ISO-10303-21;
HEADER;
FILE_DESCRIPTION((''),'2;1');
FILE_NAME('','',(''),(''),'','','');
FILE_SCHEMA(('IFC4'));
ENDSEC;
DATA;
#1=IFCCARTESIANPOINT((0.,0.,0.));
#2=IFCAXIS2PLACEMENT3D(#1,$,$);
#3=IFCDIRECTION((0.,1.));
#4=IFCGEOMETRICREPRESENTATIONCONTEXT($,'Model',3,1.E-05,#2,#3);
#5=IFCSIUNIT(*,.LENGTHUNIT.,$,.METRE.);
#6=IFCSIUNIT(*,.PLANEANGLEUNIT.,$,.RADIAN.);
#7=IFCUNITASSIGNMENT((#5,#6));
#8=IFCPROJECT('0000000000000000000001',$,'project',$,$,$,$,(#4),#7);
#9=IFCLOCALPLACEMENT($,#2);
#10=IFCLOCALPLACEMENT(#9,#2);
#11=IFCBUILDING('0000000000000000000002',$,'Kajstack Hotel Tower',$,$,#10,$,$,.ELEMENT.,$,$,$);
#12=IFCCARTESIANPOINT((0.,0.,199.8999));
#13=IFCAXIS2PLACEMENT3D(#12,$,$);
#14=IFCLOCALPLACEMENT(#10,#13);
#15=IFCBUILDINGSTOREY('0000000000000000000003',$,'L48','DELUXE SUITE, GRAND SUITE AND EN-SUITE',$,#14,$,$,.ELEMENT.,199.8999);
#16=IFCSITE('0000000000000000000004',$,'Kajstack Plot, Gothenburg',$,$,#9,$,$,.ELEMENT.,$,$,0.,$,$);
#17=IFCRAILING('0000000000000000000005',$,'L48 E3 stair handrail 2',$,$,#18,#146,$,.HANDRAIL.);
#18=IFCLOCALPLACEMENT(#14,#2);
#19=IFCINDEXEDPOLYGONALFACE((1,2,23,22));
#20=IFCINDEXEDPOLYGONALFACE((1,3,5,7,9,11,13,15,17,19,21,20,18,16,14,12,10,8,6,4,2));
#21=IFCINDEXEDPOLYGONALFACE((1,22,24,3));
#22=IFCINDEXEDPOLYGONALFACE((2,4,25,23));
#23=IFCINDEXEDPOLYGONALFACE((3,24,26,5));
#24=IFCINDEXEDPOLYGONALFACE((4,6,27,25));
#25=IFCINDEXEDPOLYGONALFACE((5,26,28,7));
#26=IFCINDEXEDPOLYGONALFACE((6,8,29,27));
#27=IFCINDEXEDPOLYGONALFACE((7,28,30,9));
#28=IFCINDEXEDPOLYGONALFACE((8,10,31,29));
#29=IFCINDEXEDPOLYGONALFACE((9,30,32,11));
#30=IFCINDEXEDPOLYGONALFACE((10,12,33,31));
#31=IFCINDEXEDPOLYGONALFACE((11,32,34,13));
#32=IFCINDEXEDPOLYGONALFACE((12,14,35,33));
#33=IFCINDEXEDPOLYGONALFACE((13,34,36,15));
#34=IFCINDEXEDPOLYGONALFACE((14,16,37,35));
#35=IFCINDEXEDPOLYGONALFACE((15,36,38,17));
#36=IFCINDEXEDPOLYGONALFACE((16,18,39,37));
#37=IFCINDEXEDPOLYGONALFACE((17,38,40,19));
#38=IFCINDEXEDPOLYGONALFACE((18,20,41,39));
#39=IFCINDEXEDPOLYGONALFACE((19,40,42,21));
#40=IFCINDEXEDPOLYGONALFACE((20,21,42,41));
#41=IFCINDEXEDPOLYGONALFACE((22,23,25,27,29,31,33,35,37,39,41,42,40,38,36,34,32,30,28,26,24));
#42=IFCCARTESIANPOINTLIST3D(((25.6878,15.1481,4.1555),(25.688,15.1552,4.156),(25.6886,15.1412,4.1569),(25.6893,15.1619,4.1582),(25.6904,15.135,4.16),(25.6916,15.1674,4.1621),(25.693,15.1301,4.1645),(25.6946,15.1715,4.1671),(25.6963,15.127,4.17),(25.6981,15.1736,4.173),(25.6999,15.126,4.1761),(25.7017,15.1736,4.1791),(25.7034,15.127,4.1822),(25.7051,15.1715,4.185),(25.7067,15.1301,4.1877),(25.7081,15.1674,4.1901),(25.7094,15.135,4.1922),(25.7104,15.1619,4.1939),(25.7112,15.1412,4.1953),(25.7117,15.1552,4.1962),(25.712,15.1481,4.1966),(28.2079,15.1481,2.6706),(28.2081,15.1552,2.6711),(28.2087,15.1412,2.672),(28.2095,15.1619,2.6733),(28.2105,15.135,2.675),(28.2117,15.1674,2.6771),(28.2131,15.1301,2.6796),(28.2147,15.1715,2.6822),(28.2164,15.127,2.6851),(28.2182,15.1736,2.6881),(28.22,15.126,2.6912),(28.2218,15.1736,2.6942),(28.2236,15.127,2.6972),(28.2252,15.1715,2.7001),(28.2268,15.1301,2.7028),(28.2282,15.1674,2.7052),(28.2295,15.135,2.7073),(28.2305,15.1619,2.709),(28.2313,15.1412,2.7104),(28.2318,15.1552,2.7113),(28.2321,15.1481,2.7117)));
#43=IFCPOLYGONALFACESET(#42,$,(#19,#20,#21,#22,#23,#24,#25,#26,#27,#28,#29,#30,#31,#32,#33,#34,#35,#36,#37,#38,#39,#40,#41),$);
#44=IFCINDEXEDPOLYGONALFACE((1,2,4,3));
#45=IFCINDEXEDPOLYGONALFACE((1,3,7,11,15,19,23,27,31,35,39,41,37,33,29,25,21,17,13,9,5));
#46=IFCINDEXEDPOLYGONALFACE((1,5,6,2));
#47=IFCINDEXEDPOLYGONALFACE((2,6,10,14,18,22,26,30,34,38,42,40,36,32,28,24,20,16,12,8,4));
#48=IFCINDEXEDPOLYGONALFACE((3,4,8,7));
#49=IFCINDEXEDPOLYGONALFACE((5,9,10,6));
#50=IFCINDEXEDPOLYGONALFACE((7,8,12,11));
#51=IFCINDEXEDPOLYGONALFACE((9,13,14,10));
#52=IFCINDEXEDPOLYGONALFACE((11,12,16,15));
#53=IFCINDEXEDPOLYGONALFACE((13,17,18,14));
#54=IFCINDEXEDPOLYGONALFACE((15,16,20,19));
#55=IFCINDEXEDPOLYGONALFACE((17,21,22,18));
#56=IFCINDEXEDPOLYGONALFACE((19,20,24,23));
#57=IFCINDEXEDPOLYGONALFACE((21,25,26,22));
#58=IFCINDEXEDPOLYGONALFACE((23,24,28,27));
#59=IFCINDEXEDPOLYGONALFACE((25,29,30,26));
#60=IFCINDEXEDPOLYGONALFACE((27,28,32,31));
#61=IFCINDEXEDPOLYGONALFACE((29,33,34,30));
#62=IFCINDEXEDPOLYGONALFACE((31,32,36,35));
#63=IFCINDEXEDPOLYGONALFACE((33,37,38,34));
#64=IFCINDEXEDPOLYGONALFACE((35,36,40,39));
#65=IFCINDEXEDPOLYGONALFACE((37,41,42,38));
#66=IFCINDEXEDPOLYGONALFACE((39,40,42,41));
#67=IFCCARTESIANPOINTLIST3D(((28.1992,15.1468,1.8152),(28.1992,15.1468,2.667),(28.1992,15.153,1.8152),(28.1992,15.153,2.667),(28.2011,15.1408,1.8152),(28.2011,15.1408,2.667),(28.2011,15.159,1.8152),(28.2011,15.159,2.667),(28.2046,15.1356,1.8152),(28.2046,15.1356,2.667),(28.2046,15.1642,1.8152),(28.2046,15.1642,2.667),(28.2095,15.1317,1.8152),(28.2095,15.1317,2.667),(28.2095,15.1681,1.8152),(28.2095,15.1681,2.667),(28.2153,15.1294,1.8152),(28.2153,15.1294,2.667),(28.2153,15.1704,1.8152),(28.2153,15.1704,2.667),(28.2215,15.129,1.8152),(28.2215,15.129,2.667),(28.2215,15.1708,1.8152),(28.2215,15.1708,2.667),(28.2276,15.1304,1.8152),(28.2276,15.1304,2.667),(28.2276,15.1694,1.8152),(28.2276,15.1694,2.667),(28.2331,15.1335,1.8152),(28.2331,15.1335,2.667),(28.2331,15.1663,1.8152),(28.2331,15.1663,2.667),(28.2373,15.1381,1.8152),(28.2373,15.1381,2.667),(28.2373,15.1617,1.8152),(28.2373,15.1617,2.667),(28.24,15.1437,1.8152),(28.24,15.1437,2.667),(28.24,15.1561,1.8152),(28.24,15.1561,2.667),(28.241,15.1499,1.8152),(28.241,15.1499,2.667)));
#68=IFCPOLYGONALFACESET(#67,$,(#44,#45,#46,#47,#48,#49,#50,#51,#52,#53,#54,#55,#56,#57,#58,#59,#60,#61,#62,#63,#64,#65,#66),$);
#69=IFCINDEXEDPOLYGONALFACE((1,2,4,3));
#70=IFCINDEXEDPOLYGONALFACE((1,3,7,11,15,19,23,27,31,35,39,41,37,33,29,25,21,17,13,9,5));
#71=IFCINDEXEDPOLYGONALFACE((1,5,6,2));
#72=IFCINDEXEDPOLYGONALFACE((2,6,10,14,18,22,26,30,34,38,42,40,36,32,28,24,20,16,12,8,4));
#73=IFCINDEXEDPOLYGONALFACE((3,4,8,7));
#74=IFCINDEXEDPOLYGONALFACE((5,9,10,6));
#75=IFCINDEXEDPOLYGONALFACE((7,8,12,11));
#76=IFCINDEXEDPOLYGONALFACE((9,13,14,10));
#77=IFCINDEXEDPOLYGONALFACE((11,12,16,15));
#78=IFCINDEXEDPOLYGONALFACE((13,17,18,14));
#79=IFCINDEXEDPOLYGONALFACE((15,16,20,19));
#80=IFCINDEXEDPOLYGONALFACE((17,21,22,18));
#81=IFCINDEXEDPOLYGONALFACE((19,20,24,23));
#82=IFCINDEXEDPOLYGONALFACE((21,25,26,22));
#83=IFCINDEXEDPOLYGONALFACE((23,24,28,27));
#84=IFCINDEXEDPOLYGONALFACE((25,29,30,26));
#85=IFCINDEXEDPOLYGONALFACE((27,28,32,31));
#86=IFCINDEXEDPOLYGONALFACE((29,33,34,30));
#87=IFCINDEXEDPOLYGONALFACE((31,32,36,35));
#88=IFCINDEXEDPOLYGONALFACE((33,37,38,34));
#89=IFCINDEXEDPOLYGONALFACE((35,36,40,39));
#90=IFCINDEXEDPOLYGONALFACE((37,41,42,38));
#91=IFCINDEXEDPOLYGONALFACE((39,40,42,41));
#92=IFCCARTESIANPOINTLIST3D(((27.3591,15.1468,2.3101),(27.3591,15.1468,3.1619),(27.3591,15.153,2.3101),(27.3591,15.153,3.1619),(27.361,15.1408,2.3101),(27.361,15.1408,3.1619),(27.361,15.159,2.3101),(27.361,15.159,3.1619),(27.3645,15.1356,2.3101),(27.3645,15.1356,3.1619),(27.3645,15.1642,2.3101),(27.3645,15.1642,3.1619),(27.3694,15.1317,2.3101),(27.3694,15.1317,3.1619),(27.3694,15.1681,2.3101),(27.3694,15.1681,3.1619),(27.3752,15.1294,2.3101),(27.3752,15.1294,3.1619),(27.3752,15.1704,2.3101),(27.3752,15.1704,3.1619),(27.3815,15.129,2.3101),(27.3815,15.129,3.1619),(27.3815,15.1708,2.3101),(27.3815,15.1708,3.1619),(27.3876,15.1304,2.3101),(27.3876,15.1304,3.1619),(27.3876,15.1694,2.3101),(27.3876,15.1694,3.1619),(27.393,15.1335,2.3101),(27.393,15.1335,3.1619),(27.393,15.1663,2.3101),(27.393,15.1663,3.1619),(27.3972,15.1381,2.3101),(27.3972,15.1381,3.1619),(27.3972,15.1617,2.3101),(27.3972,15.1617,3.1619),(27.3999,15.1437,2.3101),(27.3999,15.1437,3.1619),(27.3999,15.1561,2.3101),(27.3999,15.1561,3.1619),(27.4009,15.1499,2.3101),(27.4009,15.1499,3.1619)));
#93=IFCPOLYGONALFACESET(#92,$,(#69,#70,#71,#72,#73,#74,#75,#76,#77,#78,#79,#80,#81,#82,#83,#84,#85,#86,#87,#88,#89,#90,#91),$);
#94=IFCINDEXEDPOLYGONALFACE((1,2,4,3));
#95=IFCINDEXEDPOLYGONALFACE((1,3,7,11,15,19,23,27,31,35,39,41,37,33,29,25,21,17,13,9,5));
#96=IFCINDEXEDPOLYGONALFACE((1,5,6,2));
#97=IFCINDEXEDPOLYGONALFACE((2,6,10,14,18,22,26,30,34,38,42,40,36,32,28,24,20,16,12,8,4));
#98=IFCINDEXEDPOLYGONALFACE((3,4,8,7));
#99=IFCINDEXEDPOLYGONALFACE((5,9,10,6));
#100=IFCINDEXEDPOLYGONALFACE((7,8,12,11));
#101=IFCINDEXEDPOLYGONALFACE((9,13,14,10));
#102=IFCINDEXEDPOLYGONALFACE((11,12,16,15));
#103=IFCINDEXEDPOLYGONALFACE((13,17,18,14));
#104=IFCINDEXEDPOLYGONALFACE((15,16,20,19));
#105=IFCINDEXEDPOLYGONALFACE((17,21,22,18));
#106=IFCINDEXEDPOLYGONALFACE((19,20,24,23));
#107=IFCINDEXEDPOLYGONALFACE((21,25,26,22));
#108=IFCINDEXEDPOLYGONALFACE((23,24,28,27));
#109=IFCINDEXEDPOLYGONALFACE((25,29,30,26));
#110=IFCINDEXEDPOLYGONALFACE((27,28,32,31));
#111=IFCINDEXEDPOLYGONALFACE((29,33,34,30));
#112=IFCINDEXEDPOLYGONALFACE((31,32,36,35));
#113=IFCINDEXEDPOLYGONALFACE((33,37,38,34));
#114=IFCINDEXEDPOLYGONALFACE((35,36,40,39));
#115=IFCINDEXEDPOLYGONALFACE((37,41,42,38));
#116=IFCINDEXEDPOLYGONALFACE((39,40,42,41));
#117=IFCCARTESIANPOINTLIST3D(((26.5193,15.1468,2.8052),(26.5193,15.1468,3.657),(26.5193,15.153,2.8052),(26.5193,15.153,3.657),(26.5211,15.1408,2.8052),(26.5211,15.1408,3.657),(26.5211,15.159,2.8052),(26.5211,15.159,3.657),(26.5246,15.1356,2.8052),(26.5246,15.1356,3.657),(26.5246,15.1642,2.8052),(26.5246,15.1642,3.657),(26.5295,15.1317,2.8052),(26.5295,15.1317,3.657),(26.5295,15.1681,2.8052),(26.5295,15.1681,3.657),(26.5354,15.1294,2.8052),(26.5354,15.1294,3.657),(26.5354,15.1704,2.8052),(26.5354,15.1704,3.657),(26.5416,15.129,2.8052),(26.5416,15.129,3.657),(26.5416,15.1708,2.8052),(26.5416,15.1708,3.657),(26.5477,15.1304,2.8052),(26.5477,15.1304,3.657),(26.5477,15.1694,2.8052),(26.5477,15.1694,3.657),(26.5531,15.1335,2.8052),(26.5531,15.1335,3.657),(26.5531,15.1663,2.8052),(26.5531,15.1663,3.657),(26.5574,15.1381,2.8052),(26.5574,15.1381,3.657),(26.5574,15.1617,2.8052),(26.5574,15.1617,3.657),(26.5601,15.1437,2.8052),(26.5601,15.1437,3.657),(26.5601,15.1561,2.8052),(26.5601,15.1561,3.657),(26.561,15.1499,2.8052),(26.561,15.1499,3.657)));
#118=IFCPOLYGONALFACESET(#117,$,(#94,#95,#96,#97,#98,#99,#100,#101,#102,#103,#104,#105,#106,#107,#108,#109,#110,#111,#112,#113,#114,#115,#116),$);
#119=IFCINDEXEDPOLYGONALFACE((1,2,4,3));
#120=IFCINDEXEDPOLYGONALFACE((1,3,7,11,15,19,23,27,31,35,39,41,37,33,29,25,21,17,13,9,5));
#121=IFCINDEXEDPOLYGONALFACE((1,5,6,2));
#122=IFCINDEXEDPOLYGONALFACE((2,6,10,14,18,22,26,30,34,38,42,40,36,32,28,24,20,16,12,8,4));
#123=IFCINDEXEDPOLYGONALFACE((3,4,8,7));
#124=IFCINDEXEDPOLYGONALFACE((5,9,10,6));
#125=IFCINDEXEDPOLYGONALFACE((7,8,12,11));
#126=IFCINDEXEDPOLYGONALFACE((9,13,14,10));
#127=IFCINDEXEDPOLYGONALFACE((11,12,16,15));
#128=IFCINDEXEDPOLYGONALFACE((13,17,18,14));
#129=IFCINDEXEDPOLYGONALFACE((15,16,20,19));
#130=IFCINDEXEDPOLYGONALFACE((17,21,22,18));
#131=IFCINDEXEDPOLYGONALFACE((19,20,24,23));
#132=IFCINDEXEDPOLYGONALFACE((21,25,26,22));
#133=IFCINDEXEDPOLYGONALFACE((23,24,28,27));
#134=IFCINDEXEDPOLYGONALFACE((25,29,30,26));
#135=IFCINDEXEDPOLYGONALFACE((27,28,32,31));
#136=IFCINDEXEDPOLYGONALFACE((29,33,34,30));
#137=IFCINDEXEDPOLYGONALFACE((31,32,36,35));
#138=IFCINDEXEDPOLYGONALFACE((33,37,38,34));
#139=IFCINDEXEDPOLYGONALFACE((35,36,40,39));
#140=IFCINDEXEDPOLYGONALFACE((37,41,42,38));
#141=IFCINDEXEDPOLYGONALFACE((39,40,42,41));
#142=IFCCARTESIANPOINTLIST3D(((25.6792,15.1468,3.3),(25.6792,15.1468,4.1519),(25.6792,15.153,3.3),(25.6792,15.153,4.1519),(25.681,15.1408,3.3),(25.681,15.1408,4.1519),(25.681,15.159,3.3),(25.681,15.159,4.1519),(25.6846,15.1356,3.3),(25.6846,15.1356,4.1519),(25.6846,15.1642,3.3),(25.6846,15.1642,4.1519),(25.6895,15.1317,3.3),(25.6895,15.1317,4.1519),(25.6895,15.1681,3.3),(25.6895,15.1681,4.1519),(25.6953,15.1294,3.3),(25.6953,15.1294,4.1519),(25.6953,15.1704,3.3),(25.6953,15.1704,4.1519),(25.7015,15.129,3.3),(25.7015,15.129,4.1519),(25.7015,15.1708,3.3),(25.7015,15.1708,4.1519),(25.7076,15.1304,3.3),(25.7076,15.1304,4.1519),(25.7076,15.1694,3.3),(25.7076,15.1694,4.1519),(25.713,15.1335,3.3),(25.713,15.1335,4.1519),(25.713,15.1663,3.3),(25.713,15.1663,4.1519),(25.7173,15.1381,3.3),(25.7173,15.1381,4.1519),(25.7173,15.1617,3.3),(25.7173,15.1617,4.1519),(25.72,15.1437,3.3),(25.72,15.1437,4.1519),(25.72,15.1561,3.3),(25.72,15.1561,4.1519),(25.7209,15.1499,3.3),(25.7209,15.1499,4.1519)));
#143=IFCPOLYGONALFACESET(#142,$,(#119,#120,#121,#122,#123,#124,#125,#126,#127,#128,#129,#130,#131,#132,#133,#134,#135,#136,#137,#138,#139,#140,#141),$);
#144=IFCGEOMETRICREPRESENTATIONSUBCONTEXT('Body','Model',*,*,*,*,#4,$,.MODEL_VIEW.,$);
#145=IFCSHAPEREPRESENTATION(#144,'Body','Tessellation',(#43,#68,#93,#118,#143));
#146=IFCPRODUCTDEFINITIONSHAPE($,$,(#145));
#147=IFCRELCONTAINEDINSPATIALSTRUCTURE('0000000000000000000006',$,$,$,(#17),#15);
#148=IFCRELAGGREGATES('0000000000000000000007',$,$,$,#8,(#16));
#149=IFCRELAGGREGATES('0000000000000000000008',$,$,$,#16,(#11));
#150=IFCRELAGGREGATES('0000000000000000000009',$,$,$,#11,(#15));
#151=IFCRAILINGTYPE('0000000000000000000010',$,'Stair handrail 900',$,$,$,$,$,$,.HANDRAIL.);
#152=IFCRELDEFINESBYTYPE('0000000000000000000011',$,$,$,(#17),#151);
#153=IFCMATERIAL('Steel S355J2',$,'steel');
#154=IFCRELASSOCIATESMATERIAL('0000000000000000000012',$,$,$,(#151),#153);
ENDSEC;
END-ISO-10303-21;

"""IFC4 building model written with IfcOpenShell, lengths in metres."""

from ifc_helpers import new_model, si_unit, direction, frame, origin, origin_2d, place, context, subcontext, project, spatial, circle, extrude, material, type_object, element, save


model = new_model("IFC4")

# Units and contexts
model_context = context("Model", 3, precision=1e-05, world=origin(), true_north=direction((0.0, 1.0)))
body_context = subcontext(model_context, "Body", "Model", "MODEL_VIEW")
ifc_project = project(units=[si_unit("LENGTHUNIT", "METRE"), si_unit("PLANEANGLEUNIT", "RADIAN")], contexts=[model_context])

# Site, building, storey
site_placement = place(None, origin())
site = spatial("IfcSite", under=ifc_project, at=site_placement, Name="Kajstack Plot, Gothenburg", CompositionType="ELEMENT", RefElevation=0.0)
building_placement = place(site_placement, origin())
building = spatial("IfcBuilding", under=site, at=building_placement, Name="Kajstack Hotel Tower", CompositionType="ELEMENT")
storey_placement = place(building_placement, frame((0.0, 0.0, 199.8999)))
storey = spatial("IfcBuildingStorey", under=building, at=storey_placement, Name="L48", Description="DELUXE SUITE, GRAND SUITE AND EN-SUITE", CompositionType="ELEMENT", Elevation=199.8999)

# Railing
ifc_material_1 = material(Name="Steel S355J2", Category="steel")
railing_type_1 = type_object("IfcRailingType", Name="Stair handrail 900", PredefinedType="HANDRAIL", material=ifc_material_1)
railing_1_placement = place(storey_placement, frame((28.22, 15.1499, 1.8152)))
element("IfcRailing", 1, at=railing_1_placement, inside=storey, type_object=railing_type_1, Name="L48 E3 stair handrail 2", PredefinedType="HANDRAIL", context=body_context, shape_type="SweptSolid", body=[
    extrude(circle(Radius=0.0239, at=origin_2d()), frame((0.0, 0.0, 0.876), z_axis=(-0.861561, 0.0, 0.507655), x_axis=(0.0, -1.0, 0.0)), (0.0, 0.0, 1.0), 2.925),
    extrude(circle(Radius=0.021, at=origin_2d()), origin(), (0.0, 0.0, 1.0), 0.8518),
    extrude(circle(Radius=0.021, at=origin_2d()), frame((-0.8401, 0.0, 0.4949)), (0.0, 0.0, 1.0), 0.8518),
    extrude(circle(Radius=0.021, at=origin_2d()), frame((-1.6799, 0.0, 0.99)), (0.0, 0.0, 1.0), 0.8518),
    extrude(circle(Radius=0.021, at=origin_2d()), frame((-2.52, 0.0, 1.4849)), (0.0, 0.0, 1.0), 0.8518),
])

save(model, "model.ifc")
